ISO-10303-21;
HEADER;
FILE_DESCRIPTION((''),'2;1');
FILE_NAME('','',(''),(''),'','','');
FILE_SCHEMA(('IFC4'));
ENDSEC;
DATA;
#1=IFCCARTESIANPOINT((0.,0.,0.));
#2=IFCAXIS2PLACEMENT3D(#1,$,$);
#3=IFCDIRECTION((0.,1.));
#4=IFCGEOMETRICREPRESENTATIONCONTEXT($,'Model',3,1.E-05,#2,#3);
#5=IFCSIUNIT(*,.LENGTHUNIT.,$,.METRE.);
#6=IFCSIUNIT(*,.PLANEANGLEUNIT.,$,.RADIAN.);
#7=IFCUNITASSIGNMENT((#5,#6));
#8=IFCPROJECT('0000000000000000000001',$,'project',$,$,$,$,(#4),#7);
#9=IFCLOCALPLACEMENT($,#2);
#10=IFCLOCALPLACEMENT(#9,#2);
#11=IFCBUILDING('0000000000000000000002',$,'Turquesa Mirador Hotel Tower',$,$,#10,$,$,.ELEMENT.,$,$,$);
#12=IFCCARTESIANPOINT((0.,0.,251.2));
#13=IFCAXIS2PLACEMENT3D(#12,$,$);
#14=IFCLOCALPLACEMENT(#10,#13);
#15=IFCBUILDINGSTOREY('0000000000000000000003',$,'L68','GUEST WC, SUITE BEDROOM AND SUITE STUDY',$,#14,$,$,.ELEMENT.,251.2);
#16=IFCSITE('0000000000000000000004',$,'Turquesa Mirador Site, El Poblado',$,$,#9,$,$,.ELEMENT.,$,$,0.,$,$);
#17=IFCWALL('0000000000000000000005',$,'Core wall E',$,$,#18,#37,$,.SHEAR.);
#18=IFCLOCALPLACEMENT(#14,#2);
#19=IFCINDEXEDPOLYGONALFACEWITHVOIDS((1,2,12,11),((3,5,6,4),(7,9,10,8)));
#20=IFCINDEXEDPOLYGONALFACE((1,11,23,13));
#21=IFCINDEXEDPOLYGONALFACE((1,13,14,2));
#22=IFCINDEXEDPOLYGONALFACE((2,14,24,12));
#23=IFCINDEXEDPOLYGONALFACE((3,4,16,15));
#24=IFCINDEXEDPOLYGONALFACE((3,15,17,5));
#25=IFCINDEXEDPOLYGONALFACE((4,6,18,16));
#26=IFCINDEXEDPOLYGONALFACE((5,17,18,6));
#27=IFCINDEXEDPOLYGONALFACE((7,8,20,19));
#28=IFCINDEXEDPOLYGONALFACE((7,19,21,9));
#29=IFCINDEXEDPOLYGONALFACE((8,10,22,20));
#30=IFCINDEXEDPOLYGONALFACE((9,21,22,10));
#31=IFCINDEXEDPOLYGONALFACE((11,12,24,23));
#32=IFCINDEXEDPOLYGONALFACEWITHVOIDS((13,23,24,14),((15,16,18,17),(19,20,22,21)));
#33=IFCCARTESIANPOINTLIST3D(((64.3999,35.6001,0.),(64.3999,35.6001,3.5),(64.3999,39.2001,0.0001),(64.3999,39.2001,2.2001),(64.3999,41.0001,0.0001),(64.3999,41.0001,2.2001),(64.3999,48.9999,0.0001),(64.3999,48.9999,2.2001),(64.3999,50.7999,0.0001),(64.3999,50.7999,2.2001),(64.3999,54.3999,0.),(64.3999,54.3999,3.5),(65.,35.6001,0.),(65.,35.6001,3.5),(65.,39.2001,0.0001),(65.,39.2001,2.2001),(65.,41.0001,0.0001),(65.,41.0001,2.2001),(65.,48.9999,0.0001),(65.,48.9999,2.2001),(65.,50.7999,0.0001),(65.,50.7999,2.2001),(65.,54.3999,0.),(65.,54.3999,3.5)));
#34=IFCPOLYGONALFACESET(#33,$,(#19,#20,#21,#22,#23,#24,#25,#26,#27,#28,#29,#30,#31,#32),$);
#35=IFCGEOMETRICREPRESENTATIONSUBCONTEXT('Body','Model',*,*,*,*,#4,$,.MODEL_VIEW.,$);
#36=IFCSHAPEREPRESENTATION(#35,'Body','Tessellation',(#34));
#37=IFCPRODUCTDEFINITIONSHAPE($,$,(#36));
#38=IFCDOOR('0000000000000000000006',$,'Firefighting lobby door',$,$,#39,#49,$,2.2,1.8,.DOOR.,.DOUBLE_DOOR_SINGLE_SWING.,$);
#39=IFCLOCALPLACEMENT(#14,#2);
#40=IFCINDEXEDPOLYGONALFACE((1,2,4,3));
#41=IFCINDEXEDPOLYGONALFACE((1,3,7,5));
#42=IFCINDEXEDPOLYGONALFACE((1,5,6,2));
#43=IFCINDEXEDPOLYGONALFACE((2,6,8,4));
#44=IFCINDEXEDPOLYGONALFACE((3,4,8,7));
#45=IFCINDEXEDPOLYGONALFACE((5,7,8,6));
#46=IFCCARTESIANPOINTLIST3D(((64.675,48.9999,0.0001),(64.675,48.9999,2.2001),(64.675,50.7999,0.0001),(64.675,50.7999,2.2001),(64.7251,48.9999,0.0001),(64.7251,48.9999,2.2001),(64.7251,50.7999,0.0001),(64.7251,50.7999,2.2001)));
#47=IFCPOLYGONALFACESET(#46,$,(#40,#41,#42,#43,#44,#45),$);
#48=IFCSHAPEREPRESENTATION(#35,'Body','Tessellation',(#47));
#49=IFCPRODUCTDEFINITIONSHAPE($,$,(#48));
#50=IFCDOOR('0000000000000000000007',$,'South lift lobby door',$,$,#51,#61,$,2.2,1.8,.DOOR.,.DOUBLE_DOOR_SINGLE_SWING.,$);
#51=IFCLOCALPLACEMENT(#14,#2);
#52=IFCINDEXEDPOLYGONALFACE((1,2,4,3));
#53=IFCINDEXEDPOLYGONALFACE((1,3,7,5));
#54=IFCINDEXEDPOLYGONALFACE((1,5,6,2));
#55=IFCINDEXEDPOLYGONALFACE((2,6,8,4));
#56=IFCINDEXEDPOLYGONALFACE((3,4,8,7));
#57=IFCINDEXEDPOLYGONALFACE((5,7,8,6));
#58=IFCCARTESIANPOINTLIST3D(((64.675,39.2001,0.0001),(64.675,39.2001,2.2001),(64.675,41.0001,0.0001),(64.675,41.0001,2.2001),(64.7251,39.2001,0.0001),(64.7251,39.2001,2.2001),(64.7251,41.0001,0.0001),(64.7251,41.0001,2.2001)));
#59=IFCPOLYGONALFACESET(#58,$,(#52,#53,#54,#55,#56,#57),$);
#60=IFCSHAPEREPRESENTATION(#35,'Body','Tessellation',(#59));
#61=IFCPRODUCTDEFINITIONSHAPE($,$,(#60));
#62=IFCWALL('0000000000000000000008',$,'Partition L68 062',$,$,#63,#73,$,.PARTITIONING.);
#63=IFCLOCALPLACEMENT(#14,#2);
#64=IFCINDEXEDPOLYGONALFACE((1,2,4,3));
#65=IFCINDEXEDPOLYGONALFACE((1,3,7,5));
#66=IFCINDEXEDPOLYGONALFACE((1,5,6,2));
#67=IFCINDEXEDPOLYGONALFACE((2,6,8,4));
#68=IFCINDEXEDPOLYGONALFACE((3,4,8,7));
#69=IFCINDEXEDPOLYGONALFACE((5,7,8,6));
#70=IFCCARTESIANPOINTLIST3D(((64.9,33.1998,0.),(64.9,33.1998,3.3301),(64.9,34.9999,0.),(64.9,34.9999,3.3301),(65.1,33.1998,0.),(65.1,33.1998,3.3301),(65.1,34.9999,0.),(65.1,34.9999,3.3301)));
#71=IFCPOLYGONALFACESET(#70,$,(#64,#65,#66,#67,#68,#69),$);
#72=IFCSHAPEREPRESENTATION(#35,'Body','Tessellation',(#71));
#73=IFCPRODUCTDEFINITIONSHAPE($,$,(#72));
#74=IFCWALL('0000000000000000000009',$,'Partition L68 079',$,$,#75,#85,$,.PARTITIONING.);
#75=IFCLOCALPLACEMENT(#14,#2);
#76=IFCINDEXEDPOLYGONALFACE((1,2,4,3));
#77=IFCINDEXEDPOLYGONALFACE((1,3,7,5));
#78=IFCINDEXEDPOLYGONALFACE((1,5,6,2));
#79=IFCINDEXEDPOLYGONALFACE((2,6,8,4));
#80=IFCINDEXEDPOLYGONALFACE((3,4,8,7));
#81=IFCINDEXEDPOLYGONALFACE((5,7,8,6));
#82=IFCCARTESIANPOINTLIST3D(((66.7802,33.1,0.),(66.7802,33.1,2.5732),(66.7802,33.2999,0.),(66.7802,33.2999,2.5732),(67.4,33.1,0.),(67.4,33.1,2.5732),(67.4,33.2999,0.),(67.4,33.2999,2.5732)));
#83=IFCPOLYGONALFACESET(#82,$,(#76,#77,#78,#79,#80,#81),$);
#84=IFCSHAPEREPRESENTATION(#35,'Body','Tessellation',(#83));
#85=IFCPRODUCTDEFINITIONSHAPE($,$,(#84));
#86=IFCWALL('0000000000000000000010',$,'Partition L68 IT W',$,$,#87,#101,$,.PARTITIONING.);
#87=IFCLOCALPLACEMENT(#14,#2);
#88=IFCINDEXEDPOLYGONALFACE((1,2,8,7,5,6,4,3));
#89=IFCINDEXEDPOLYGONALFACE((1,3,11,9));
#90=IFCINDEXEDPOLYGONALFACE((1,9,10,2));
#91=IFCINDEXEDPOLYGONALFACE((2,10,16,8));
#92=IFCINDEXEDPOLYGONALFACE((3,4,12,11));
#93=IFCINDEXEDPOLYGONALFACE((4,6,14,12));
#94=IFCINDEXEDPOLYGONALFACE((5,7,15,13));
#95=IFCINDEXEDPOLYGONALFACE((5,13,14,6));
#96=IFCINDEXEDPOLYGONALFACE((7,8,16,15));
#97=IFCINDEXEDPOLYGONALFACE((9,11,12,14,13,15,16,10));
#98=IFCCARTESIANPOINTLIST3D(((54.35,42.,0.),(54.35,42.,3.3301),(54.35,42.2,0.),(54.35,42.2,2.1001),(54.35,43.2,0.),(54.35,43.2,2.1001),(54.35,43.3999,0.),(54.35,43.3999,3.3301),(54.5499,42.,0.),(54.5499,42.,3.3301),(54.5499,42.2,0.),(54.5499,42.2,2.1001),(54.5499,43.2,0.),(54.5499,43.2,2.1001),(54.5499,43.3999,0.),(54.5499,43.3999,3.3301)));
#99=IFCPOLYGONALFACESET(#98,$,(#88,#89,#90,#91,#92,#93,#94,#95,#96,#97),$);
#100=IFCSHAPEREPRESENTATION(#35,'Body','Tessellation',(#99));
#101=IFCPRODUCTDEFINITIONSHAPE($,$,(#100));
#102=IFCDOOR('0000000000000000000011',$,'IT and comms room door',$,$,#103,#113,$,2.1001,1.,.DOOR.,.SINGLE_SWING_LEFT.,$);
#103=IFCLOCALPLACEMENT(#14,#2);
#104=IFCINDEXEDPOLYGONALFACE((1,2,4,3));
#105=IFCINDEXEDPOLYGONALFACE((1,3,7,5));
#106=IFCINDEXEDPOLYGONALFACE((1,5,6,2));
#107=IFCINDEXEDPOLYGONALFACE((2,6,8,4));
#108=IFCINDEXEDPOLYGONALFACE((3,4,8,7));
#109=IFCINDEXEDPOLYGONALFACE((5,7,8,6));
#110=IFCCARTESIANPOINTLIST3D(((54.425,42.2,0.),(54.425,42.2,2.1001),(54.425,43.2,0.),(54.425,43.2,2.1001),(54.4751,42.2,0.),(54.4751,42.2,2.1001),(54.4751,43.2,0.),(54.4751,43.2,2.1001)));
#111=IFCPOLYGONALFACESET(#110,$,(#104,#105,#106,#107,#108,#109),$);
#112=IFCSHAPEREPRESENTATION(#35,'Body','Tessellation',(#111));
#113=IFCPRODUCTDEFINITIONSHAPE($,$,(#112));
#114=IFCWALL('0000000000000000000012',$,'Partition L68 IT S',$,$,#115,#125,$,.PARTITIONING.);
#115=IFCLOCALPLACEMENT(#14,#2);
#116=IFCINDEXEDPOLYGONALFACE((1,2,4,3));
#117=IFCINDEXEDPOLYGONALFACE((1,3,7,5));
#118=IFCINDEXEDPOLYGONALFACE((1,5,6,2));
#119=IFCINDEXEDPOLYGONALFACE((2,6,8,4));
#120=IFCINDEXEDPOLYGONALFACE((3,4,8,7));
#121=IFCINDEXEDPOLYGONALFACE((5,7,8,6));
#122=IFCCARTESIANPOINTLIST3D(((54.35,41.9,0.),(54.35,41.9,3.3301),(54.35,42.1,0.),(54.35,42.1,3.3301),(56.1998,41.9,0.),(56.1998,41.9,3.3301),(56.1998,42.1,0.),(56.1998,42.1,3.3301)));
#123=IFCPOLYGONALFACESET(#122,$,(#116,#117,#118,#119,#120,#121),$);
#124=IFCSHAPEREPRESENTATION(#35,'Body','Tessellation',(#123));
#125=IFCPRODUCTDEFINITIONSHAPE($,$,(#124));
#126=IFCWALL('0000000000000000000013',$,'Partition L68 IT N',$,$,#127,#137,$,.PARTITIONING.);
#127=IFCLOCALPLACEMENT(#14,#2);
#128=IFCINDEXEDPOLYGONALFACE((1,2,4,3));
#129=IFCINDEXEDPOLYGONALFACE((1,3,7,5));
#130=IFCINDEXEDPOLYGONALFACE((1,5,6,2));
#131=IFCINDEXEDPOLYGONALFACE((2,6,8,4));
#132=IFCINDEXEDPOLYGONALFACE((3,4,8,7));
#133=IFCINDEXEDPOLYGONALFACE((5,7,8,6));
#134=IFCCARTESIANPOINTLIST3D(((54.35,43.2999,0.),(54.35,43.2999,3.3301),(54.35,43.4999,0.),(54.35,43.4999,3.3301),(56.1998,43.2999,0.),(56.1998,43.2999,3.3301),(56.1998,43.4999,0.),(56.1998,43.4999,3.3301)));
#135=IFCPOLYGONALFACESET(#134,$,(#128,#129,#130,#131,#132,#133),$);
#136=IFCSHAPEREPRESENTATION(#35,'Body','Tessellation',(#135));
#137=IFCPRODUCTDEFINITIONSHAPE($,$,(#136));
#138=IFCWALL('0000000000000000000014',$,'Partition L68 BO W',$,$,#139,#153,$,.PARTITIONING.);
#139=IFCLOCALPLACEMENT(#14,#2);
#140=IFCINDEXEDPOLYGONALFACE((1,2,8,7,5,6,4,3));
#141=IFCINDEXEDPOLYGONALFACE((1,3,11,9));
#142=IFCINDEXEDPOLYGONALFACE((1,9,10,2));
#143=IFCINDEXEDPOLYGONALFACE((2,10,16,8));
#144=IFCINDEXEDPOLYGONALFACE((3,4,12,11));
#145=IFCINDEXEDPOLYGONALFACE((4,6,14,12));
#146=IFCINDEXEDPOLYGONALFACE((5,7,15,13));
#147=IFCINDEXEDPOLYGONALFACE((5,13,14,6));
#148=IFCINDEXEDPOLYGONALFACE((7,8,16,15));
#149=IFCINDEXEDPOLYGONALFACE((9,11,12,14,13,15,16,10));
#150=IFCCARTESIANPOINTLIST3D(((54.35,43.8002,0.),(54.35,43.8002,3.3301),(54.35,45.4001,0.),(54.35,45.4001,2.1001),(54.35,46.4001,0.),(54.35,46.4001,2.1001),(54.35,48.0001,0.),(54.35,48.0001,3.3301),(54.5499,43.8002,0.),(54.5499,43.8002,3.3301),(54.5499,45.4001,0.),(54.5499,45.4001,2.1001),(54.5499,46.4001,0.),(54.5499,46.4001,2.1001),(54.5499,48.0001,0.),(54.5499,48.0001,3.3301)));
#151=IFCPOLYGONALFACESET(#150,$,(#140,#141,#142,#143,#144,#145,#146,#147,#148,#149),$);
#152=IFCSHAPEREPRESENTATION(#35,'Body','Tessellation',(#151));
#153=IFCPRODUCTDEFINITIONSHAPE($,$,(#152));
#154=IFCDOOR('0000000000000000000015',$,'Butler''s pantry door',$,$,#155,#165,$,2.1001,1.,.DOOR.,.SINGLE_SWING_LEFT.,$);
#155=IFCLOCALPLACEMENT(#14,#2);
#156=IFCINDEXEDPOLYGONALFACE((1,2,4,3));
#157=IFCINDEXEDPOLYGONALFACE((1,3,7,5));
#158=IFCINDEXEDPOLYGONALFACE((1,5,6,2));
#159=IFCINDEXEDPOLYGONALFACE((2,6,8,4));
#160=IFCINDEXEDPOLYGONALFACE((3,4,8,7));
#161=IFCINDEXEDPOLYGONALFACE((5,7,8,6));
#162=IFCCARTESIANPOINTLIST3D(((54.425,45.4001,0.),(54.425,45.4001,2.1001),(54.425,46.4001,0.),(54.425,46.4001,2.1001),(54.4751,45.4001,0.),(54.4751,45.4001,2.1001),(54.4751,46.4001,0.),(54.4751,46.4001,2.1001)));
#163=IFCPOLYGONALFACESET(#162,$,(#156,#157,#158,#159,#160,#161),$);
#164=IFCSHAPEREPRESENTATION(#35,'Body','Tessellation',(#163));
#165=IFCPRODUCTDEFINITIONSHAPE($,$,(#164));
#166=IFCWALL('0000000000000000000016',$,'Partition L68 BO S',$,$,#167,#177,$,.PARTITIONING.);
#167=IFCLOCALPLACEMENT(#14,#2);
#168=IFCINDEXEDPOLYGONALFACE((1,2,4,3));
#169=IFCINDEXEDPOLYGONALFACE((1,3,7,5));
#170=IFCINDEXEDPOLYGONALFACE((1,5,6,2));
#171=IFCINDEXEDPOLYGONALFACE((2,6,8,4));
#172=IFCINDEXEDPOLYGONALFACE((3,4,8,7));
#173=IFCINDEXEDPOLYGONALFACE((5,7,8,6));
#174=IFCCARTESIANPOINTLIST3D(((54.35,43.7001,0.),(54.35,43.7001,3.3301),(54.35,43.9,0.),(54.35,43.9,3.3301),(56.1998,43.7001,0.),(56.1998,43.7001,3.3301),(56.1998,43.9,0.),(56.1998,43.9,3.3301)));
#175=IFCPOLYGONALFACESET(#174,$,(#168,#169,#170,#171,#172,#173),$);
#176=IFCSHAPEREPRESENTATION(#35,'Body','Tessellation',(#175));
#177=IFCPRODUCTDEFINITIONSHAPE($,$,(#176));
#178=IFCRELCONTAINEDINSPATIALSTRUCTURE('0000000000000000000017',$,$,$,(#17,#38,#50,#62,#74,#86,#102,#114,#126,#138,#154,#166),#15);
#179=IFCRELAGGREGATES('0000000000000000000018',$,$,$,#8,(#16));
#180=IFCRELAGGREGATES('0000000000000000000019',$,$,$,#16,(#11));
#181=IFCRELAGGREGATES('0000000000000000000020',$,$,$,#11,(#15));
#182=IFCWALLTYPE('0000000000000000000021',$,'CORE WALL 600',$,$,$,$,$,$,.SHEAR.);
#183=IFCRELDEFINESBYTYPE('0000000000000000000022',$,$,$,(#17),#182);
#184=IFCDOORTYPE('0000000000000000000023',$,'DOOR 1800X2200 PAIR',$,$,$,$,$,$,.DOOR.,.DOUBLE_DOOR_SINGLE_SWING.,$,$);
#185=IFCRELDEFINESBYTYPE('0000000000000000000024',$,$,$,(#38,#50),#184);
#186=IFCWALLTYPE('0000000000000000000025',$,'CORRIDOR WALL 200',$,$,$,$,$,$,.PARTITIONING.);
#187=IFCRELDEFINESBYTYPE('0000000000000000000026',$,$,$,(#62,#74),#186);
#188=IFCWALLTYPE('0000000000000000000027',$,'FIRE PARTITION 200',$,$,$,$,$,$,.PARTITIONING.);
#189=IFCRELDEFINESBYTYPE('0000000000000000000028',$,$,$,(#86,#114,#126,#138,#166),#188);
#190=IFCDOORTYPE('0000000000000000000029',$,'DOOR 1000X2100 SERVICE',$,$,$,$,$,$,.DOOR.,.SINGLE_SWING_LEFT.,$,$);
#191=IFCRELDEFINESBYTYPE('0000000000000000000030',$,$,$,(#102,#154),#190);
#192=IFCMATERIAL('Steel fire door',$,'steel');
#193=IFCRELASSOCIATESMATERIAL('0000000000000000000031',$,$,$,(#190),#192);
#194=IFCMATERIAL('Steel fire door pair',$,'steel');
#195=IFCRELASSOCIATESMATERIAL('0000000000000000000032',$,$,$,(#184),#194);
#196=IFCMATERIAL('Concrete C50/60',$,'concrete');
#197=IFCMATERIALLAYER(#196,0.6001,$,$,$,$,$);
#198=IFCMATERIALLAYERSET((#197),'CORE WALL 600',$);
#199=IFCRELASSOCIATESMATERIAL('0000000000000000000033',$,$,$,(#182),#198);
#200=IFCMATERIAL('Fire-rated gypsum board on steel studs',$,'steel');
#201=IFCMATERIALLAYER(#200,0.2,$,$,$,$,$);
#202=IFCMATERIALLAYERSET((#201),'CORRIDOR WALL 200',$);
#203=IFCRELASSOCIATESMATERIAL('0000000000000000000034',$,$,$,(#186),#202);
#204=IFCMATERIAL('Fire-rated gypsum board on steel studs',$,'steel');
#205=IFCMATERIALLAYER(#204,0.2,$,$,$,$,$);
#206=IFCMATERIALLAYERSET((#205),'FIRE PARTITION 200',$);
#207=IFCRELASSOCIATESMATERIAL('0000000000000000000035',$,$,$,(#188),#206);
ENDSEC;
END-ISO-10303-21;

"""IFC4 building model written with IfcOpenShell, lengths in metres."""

from ifc_helpers import new_model, si_unit, direction, frame, frame_2d, origin, place, context, subcontext, project, spatial, rectangle, extrude, material, layer, layer_set, type_object, element, fill, save


model = new_model("IFC4")

# Units and contexts
model_context = context("Model", 3, precision=1e-05, world=origin(), true_north=direction((0.0, 1.0)))
body_context = subcontext(model_context, "Body", "Model", "MODEL_VIEW")
ifc_project = project(units=[si_unit("LENGTHUNIT", "METRE"), si_unit("PLANEANGLEUNIT", "RADIAN")], contexts=[model_context])

# Site, building, storey
site_placement = place(None, origin())
site = spatial("IfcSite", under=ifc_project, at=site_placement, Name="Turquesa Mirador Site, El Poblado", CompositionType="ELEMENT", RefElevation=0.0)
building_placement = place(site_placement, origin())
building = spatial("IfcBuilding", under=site, at=building_placement, Name="Turquesa Mirador Hotel Tower", CompositionType="ELEMENT")
storey_placement = place(building_placement, frame((0.0, 0.0, 251.2)))
storey = spatial("IfcBuildingStorey", under=building, at=storey_placement, Name="L68", Description="GUEST WC, SUITE BEDROOM AND SUITE STUDY", CompositionType="ELEMENT", Elevation=251.2)

# Shared definitions
ifc_material_1 = material(Name="Steel fire door", Category="steel")
door_type_1 = type_object("IfcDoorType", Name="DOOR 1000X2100 SERVICE", OperationType="SINGLE_SWING_LEFT", PredefinedType="DOOR", material=ifc_material_1)
ifc_material_2 = material(Name="Steel fire door pair", Category="steel")
door_type_2 = type_object("IfcDoorType", Name="DOOR 1800X2200 PAIR", OperationType="DOUBLE_DOOR_SINGLE_SWING", PredefinedType="DOOR", material=ifc_material_2)

# Wall, openings, doors
ifc_material_3 = material(Name="Concrete C50/60", Category="concrete")
ifc_layer_1 = layer(ifc_material_3, 0.6001)
ifc_layer_set_1 = layer_set([ifc_layer_1], Name="CORE WALL 600")
wall_type_1 = type_object("IfcWallType", Name="CORE WALL 600", PredefinedType="SHEAR", material=ifc_layer_set_1)
wall_1_placement = place(storey_placement, frame((64.7, 35.6001, 0.0), z_axis=(0.0, 0.0, 1.0), x_axis=(0.0, 1.0, 0.0)))
wall_1 = element("IfcWall", 1, at=wall_1_placement, inside=storey, type_object=wall_type_1, Name="Core wall E", PredefinedType="SHEAR", context=body_context, shape_type="SweptSolid", body=[
    extrude(rectangle(XDim=18.7998, YDim=0.6001, at=frame_2d((9.3999, 0.0))), origin(), (0.0, 0.0, 1.0), 3.5),
])
opening_1_placement = place(wall_1_placement, frame((13.3999, 0.0, 0.0)))
opening_1 = element("IfcOpeningElement", 2, at=opening_1_placement, cuts=wall_1, PredefinedType="OPENING", context=body_context, shape_type="SweptSolid", body=[
    extrude(rectangle(XDim=1.8, YDim=2.2, at=frame_2d((0.8999, 1.1001))), frame((0.0, 0.3101, 0.0), z_axis=(0.0, -1.0, 0.0), x_axis=(1.0, 0.0, 0.0)), (0.0, 0.0, 1.0), 0.6201),
])
opening_2_placement = place(wall_1_placement, frame((3.6001, 0.0, 0.0)))
opening_2 = element("IfcOpeningElement", 3, at=opening_2_placement, cuts=wall_1, PredefinedType="OPENING", context=body_context, shape_type="SweptSolid", body=[
    extrude(rectangle(XDim=1.8, YDim=2.2, at=frame_2d((0.8999, 1.1001))), frame((0.0, 0.3101, 0.0), z_axis=(0.0, -1.0, 0.0), x_axis=(1.0, 0.0, 0.0)), (0.0, 0.0, 1.0), 0.6201),
])
door_1_placement = place(opening_1_placement, origin())
door_1 = element("IfcDoor", 4, at=door_1_placement, inside=storey, type_object=door_type_2, Name="Firefighting lobby door", OperationType="DOUBLE_DOOR_SINGLE_SWING", OverallHeight=2.2, OverallWidth=1.8, PredefinedType="DOOR", context=body_context, shape_type="SweptSolid", body=[
    extrude(rectangle(XDim=1.8, YDim=2.2, at=frame_2d((0.8999, 1.1001))), frame((0.0, 0.0249, 0.0), z_axis=(0.0, -1.0, 0.0), x_axis=(1.0, 0.0, 0.0)), (0.0, 0.0, 1.0), 0.05),
])
fill(opening_1, door_1)
door_2_placement = place(opening_2_placement, origin())
door_2 = element("IfcDoor", 5, at=door_2_placement, inside=storey, type_object=door_type_2, Name="South lift lobby door", OperationType="DOUBLE_DOOR_SINGLE_SWING", OverallHeight=2.2, OverallWidth=1.8, PredefinedType="DOOR", context=body_context, shape_type="SweptSolid", body=[
    extrude(rectangle(XDim=1.8, YDim=2.2, at=frame_2d((0.8999, 1.1001))), frame((0.0, 0.0249, 0.0), z_axis=(0.0, -1.0, 0.0), x_axis=(1.0, 0.0, 0.0)), (0.0, 0.0, 1.0), 0.05),
])
fill(opening_2, door_2)

# Walls
ifc_material_4 = material(Name="Fire-rated gypsum board on steel studs", Category="steel")
ifc_layer_2 = layer(ifc_material_4, 0.2)
ifc_layer_set_2 = layer_set([ifc_layer_2], Name="CORRIDOR WALL 200")
wall_type_2 = type_object("IfcWallType", Name="CORRIDOR WALL 200", PredefinedType="PARTITIONING", material=ifc_layer_set_2)
wall_2_placement = place(storey_placement, frame((65.0, 33.2, 0.0), z_axis=(0.0, 0.0, 1.0), x_axis=(0.0, 1.0, 0.0)))
element("IfcWall", 6, at=wall_2_placement, inside=storey, type_object=wall_type_2, Name="Partition L68 062", PredefinedType="PARTITIONING", context=body_context, shape_type="SweptSolid", body=[
    extrude(rectangle(XDim=1.8, YDim=0.2, at=frame_2d((0.8999, 0.0))), origin(), (0.0, 0.0, 1.0), 3.3301),
])
wall_3_placement = place(storey_placement, frame((66.78, 33.2, 0.0), z_axis=(0.0, 0.0, 1.0), x_axis=(1.0, 0.0, 0.0)))
element("IfcWall", 7, at=wall_3_placement, inside=storey, type_object=wall_type_2, Name="Partition L68 079", PredefinedType="PARTITIONING", context=body_context, shape_type="SweptSolid", body=[
    extrude(rectangle(XDim=0.6199, YDim=0.2, at=frame_2d((0.3101, 0.0))), origin(), (0.0, 0.0, 1.0), 2.5732),
])

# Wall, opening, door
ifc_material_5 = material(Name="Fire-rated gypsum board on steel studs", Category="steel")
ifc_layer_3 = layer(ifc_material_5, 0.2)
ifc_layer_set_3 = layer_set([ifc_layer_3], Name="FIRE PARTITION 200")
wall_type_3 = type_object("IfcWallType", Name="FIRE PARTITION 200", PredefinedType="PARTITIONING", material=ifc_layer_set_3)
wall_4_placement = place(storey_placement, frame((54.45, 42.0, 0.0), z_axis=(0.0, 0.0, 1.0), x_axis=(0.0, 1.0, 0.0)))
wall_4 = element("IfcWall", 8, at=wall_4_placement, inside=storey, type_object=wall_type_3, Name="Partition L68 IT W", PredefinedType="PARTITIONING", context=body_context, shape_type="SweptSolid", body=[
    extrude(rectangle(XDim=1.3999, YDim=0.2, at=frame_2d((0.7, 0.0))), origin(), (0.0, 0.0, 1.0), 3.3301),
])
opening_3_placement = place(wall_4_placement, frame((0.2, 0.0, 0.0)))
opening_3 = element("IfcOpeningElement", 9, at=opening_3_placement, cuts=wall_4, PredefinedType="OPENING", context=body_context, shape_type="SweptSolid", body=[
    extrude(rectangle(XDim=1.0, YDim=2.1001, at=frame_2d((0.5, 1.05))), frame((0.0, 0.1099, 0.0), z_axis=(0.0, -1.0, 0.0), x_axis=(1.0, 0.0, 0.0)), (0.0, 0.0, 1.0), 0.22),
])
door_3_placement = place(opening_3_placement, origin())
door_3 = element("IfcDoor", 10, at=door_3_placement, inside=storey, type_object=door_type_1, Name="IT and comms room door", OperationType="SINGLE_SWING_LEFT", OverallHeight=2.1001, OverallWidth=1.0, PredefinedType="DOOR", context=body_context, shape_type="SweptSolid", body=[
    extrude(rectangle(XDim=1.0, YDim=2.1001, at=frame_2d((0.5, 1.05))), frame((0.0, 0.0249, 0.0), z_axis=(0.0, -1.0, 0.0), x_axis=(1.0, 0.0, 0.0)), (0.0, 0.0, 1.0), 0.05),
])
fill(opening_3, door_3)

# Walls
for number, where, z_axis, x_axis, name in (
    (11, (54.3501, 42.0, 0.0), (0.0, 0.0, 1.0), (1.0, 0.0, 0.0), "Partition L68 IT S"),
    (12, (54.3501, 43.3999, 0.0), (0.0, 0.0, 1.0), (1.0, 0.0, 0.0), "Partition L68 IT N"),
):
    element("IfcWall", number, at=place(storey_placement, frame(where, z_axis=z_axis, x_axis=x_axis)), inside=storey, type_object=wall_type_3, Name=name, PredefinedType="PARTITIONING", context=body_context, shape_type="SweptSolid", body=[
        extrude(rectangle(XDim=1.8499, YDim=0.2, at=frame_2d((0.9248, 0.0))), origin(), (0.0, 0.0, 1.0), 3.3301),
    ])

# Wall, opening, door
wall_5_placement = place(storey_placement, frame((54.45, 43.8, 0.0), z_axis=(0.0, 0.0, 1.0), x_axis=(0.0, 1.0, 0.0)))
wall_5 = element("IfcWall", 13, at=wall_5_placement, inside=storey, type_object=wall_type_3, Name="Partition L68 BO W", PredefinedType="PARTITIONING", context=body_context, shape_type="SweptSolid", body=[
    extrude(rectangle(XDim=4.2, YDim=0.2, at=frame_2d((2.1001, 0.0))), origin(), (0.0, 0.0, 1.0), 3.3301),
])
opening_4_placement = place(wall_5_placement, frame((1.6001, 0.0, 0.0)))
opening_4 = element("IfcOpeningElement", 14, at=opening_4_placement, cuts=wall_5, PredefinedType="OPENING", context=body_context, shape_type="SweptSolid", body=[
    extrude(rectangle(XDim=1.0, YDim=2.1001, at=frame_2d((0.5, 1.05))), frame((0.0, 0.1099, 0.0), z_axis=(0.0, -1.0, 0.0), x_axis=(1.0, 0.0, 0.0)), (0.0, 0.0, 1.0), 0.22),
])
door_4_placement = place(opening_4_placement, origin())
door_4 = element("IfcDoor", 15, at=door_4_placement, inside=storey, type_object=door_type_1, Name="Butler's pantry door", OperationType="SINGLE_SWING_LEFT", OverallHeight=2.1001, OverallWidth=1.0, PredefinedType="DOOR", context=body_context, shape_type="SweptSolid", body=[
    extrude(rectangle(XDim=1.0, YDim=2.1001, at=frame_2d((0.5, 1.05))), frame((0.0, 0.0249, 0.0), z_axis=(0.0, -1.0, 0.0), x_axis=(1.0, 0.0, 0.0)), (0.0, 0.0, 1.0), 0.05),
])
fill(opening_4, door_4)

# Wall
wall_6_placement = place(storey_placement, frame((54.3501, 43.8, 0.0), z_axis=(0.0, 0.0, 1.0), x_axis=(1.0, 0.0, 0.0)))
element("IfcWall", 16, at=wall_6_placement, inside=storey, type_object=wall_type_3, Name="Partition L68 BO S", PredefinedType="PARTITIONING", context=body_context, shape_type="SweptSolid", body=[
    extrude(rectangle(XDim=1.8499, YDim=0.2, at=frame_2d((0.9248, 0.0))), origin(), (0.0, 0.0, 1.0), 3.3301),
])

save(model, "model.ifc")
